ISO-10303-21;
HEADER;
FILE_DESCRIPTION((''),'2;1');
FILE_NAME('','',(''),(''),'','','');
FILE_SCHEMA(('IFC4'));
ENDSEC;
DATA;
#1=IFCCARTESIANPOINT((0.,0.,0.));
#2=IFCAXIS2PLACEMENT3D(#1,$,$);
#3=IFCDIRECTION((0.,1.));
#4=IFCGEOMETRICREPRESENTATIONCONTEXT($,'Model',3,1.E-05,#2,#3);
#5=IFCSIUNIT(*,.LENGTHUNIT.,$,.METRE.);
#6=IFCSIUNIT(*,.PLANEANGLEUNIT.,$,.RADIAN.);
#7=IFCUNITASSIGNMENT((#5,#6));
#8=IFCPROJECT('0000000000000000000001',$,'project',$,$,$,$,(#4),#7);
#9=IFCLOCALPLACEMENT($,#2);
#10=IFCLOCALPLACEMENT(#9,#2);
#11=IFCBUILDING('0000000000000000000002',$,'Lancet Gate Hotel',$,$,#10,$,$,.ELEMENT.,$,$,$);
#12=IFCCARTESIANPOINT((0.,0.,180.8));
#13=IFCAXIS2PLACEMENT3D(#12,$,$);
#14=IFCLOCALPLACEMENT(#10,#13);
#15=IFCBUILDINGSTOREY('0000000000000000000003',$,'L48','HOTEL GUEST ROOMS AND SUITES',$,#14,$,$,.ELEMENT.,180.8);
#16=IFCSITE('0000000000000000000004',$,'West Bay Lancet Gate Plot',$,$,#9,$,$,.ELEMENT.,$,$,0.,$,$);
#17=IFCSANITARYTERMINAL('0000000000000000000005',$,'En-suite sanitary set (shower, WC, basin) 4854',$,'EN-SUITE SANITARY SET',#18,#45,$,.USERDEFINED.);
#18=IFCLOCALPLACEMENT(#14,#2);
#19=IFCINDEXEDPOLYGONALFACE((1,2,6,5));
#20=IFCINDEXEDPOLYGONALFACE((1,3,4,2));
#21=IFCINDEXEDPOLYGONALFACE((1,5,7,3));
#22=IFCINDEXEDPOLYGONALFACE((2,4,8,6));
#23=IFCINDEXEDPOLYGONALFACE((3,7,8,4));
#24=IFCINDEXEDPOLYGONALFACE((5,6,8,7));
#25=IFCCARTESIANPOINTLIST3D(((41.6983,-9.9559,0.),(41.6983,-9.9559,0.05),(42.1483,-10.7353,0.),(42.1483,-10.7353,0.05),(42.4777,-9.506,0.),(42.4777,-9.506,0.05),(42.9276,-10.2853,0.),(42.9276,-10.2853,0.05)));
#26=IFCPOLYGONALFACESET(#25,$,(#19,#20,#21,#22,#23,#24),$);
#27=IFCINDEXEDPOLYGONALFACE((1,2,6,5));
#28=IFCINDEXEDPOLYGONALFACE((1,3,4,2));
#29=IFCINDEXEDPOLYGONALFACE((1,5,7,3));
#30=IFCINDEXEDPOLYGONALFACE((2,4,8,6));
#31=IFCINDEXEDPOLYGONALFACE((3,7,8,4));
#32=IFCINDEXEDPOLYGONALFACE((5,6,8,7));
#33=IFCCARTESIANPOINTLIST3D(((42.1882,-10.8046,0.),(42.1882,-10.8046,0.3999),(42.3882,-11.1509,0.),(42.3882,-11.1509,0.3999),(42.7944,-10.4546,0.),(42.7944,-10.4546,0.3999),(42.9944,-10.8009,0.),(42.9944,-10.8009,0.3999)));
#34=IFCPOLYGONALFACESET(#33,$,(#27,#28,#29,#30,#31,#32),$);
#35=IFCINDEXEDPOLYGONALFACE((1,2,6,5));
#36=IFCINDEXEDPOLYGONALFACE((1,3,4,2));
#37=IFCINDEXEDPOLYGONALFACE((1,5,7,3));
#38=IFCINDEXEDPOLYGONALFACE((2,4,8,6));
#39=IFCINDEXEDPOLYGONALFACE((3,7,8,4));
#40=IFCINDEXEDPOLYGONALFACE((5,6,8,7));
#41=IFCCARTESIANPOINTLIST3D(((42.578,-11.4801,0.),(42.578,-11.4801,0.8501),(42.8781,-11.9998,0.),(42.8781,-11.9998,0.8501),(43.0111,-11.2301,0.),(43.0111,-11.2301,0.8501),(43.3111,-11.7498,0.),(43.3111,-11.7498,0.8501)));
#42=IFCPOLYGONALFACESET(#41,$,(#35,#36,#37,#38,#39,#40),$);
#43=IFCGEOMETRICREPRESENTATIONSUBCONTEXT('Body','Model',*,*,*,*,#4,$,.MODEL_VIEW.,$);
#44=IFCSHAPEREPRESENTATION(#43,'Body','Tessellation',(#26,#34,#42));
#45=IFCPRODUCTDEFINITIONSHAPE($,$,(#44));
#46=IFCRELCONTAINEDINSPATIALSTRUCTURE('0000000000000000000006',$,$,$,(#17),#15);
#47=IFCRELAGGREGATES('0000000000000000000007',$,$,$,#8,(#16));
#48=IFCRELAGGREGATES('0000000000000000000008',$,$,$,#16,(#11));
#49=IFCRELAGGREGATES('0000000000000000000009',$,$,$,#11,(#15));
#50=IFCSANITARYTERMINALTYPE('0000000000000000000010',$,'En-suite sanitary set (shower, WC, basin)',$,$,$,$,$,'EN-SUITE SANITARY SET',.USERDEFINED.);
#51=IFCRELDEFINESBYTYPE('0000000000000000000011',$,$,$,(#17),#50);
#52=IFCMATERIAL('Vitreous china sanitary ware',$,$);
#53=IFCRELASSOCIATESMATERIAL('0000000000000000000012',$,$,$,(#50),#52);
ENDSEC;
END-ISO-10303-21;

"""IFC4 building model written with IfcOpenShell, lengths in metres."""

from ifc_helpers import new_model, si_unit, direction, frame, origin, origin_2d, place, context, subcontext, project, spatial, rectangle, extrude, material, type_object, element, save


model = new_model("IFC4")

# Units and contexts
model_context = context("Model", 3, precision=1e-05, world=origin(), true_north=direction((0.0, 1.0)))
body_context = subcontext(model_context, "Body", "Model", "MODEL_VIEW")
ifc_project = project(units=[si_unit("LENGTHUNIT", "METRE"), si_unit("PLANEANGLEUNIT", "RADIAN")], contexts=[model_context])

# Site, building, storey
site_placement = place(None, origin())
site = spatial("IfcSite", under=ifc_project, at=site_placement, Name="West Bay Lancet Gate Plot", CompositionType="ELEMENT", RefElevation=0.0)
building_placement = place(site_placement, origin())
building = spatial("IfcBuilding", under=site, at=building_placement, Name="Lancet Gate Hotel", CompositionType="ELEMENT")
storey_placement = place(building_placement, frame((0.0, 0.0, 180.8)))
storey = spatial("IfcBuildingStorey", under=building, at=storey_placement, Name="L48", Description="HOTEL GUEST ROOMS AND SUITES", CompositionType="ELEMENT", Elevation=180.8)

# Sanitary terminal
ifc_material_1 = material(Name="Vitreous china sanitary ware")
sanitary_terminal_type = type_object("IfcSanitaryTerminalType", Name="En-suite sanitary set (shower, WC, basin)", ElementType="EN-SUITE SANITARY SET", PredefinedType="USERDEFINED", material=ifc_material_1)
sanitary_terminal_placement = place(storey_placement, frame((42.313, -10.1206, 0.0), z_axis=(0.0, 0.0, 1.0), x_axis=(1.0, 0.0, 0.0)))
element("IfcSanitaryTerminal", 1, at=sanitary_terminal_placement, inside=storey, type_object=sanitary_terminal_type, Name="En-suite sanitary set (shower, WC, basin) 4854", ObjectType="EN-SUITE SANITARY SET", PredefinedType="USERDEFINED", context=body_context, shape_type="SweptSolid", body=[
    extrude(rectangle(XDim=0.8999, YDim=0.8999, at=origin_2d()), frame((0.0, 0.0, 0.0), z_axis=(0.0, 0.0, 1.0), x_axis=(-0.5, 0.866025, 0.0)), (0.0, 0.0, 1.0), 0.05),
    extrude(rectangle(XDim=0.3999, YDim=0.7, at=origin_2d()), frame((0.2783, -0.6821, 0.0), z_axis=(0.0, 0.0, 1.0), x_axis=(-0.5, 0.866025, 0.0)), (0.0, 0.0, 1.0), 0.3999),
    extrude(rectangle(XDim=0.6001, YDim=0.5, at=origin_2d()), frame((0.6316, -1.4944, 0.0), z_axis=(0.0, 0.0, 1.0), x_axis=(-0.5, 0.866025, 0.0)), (0.0, 0.0, 1.0), 0.8501),
])

save(model, "model.ifc")
